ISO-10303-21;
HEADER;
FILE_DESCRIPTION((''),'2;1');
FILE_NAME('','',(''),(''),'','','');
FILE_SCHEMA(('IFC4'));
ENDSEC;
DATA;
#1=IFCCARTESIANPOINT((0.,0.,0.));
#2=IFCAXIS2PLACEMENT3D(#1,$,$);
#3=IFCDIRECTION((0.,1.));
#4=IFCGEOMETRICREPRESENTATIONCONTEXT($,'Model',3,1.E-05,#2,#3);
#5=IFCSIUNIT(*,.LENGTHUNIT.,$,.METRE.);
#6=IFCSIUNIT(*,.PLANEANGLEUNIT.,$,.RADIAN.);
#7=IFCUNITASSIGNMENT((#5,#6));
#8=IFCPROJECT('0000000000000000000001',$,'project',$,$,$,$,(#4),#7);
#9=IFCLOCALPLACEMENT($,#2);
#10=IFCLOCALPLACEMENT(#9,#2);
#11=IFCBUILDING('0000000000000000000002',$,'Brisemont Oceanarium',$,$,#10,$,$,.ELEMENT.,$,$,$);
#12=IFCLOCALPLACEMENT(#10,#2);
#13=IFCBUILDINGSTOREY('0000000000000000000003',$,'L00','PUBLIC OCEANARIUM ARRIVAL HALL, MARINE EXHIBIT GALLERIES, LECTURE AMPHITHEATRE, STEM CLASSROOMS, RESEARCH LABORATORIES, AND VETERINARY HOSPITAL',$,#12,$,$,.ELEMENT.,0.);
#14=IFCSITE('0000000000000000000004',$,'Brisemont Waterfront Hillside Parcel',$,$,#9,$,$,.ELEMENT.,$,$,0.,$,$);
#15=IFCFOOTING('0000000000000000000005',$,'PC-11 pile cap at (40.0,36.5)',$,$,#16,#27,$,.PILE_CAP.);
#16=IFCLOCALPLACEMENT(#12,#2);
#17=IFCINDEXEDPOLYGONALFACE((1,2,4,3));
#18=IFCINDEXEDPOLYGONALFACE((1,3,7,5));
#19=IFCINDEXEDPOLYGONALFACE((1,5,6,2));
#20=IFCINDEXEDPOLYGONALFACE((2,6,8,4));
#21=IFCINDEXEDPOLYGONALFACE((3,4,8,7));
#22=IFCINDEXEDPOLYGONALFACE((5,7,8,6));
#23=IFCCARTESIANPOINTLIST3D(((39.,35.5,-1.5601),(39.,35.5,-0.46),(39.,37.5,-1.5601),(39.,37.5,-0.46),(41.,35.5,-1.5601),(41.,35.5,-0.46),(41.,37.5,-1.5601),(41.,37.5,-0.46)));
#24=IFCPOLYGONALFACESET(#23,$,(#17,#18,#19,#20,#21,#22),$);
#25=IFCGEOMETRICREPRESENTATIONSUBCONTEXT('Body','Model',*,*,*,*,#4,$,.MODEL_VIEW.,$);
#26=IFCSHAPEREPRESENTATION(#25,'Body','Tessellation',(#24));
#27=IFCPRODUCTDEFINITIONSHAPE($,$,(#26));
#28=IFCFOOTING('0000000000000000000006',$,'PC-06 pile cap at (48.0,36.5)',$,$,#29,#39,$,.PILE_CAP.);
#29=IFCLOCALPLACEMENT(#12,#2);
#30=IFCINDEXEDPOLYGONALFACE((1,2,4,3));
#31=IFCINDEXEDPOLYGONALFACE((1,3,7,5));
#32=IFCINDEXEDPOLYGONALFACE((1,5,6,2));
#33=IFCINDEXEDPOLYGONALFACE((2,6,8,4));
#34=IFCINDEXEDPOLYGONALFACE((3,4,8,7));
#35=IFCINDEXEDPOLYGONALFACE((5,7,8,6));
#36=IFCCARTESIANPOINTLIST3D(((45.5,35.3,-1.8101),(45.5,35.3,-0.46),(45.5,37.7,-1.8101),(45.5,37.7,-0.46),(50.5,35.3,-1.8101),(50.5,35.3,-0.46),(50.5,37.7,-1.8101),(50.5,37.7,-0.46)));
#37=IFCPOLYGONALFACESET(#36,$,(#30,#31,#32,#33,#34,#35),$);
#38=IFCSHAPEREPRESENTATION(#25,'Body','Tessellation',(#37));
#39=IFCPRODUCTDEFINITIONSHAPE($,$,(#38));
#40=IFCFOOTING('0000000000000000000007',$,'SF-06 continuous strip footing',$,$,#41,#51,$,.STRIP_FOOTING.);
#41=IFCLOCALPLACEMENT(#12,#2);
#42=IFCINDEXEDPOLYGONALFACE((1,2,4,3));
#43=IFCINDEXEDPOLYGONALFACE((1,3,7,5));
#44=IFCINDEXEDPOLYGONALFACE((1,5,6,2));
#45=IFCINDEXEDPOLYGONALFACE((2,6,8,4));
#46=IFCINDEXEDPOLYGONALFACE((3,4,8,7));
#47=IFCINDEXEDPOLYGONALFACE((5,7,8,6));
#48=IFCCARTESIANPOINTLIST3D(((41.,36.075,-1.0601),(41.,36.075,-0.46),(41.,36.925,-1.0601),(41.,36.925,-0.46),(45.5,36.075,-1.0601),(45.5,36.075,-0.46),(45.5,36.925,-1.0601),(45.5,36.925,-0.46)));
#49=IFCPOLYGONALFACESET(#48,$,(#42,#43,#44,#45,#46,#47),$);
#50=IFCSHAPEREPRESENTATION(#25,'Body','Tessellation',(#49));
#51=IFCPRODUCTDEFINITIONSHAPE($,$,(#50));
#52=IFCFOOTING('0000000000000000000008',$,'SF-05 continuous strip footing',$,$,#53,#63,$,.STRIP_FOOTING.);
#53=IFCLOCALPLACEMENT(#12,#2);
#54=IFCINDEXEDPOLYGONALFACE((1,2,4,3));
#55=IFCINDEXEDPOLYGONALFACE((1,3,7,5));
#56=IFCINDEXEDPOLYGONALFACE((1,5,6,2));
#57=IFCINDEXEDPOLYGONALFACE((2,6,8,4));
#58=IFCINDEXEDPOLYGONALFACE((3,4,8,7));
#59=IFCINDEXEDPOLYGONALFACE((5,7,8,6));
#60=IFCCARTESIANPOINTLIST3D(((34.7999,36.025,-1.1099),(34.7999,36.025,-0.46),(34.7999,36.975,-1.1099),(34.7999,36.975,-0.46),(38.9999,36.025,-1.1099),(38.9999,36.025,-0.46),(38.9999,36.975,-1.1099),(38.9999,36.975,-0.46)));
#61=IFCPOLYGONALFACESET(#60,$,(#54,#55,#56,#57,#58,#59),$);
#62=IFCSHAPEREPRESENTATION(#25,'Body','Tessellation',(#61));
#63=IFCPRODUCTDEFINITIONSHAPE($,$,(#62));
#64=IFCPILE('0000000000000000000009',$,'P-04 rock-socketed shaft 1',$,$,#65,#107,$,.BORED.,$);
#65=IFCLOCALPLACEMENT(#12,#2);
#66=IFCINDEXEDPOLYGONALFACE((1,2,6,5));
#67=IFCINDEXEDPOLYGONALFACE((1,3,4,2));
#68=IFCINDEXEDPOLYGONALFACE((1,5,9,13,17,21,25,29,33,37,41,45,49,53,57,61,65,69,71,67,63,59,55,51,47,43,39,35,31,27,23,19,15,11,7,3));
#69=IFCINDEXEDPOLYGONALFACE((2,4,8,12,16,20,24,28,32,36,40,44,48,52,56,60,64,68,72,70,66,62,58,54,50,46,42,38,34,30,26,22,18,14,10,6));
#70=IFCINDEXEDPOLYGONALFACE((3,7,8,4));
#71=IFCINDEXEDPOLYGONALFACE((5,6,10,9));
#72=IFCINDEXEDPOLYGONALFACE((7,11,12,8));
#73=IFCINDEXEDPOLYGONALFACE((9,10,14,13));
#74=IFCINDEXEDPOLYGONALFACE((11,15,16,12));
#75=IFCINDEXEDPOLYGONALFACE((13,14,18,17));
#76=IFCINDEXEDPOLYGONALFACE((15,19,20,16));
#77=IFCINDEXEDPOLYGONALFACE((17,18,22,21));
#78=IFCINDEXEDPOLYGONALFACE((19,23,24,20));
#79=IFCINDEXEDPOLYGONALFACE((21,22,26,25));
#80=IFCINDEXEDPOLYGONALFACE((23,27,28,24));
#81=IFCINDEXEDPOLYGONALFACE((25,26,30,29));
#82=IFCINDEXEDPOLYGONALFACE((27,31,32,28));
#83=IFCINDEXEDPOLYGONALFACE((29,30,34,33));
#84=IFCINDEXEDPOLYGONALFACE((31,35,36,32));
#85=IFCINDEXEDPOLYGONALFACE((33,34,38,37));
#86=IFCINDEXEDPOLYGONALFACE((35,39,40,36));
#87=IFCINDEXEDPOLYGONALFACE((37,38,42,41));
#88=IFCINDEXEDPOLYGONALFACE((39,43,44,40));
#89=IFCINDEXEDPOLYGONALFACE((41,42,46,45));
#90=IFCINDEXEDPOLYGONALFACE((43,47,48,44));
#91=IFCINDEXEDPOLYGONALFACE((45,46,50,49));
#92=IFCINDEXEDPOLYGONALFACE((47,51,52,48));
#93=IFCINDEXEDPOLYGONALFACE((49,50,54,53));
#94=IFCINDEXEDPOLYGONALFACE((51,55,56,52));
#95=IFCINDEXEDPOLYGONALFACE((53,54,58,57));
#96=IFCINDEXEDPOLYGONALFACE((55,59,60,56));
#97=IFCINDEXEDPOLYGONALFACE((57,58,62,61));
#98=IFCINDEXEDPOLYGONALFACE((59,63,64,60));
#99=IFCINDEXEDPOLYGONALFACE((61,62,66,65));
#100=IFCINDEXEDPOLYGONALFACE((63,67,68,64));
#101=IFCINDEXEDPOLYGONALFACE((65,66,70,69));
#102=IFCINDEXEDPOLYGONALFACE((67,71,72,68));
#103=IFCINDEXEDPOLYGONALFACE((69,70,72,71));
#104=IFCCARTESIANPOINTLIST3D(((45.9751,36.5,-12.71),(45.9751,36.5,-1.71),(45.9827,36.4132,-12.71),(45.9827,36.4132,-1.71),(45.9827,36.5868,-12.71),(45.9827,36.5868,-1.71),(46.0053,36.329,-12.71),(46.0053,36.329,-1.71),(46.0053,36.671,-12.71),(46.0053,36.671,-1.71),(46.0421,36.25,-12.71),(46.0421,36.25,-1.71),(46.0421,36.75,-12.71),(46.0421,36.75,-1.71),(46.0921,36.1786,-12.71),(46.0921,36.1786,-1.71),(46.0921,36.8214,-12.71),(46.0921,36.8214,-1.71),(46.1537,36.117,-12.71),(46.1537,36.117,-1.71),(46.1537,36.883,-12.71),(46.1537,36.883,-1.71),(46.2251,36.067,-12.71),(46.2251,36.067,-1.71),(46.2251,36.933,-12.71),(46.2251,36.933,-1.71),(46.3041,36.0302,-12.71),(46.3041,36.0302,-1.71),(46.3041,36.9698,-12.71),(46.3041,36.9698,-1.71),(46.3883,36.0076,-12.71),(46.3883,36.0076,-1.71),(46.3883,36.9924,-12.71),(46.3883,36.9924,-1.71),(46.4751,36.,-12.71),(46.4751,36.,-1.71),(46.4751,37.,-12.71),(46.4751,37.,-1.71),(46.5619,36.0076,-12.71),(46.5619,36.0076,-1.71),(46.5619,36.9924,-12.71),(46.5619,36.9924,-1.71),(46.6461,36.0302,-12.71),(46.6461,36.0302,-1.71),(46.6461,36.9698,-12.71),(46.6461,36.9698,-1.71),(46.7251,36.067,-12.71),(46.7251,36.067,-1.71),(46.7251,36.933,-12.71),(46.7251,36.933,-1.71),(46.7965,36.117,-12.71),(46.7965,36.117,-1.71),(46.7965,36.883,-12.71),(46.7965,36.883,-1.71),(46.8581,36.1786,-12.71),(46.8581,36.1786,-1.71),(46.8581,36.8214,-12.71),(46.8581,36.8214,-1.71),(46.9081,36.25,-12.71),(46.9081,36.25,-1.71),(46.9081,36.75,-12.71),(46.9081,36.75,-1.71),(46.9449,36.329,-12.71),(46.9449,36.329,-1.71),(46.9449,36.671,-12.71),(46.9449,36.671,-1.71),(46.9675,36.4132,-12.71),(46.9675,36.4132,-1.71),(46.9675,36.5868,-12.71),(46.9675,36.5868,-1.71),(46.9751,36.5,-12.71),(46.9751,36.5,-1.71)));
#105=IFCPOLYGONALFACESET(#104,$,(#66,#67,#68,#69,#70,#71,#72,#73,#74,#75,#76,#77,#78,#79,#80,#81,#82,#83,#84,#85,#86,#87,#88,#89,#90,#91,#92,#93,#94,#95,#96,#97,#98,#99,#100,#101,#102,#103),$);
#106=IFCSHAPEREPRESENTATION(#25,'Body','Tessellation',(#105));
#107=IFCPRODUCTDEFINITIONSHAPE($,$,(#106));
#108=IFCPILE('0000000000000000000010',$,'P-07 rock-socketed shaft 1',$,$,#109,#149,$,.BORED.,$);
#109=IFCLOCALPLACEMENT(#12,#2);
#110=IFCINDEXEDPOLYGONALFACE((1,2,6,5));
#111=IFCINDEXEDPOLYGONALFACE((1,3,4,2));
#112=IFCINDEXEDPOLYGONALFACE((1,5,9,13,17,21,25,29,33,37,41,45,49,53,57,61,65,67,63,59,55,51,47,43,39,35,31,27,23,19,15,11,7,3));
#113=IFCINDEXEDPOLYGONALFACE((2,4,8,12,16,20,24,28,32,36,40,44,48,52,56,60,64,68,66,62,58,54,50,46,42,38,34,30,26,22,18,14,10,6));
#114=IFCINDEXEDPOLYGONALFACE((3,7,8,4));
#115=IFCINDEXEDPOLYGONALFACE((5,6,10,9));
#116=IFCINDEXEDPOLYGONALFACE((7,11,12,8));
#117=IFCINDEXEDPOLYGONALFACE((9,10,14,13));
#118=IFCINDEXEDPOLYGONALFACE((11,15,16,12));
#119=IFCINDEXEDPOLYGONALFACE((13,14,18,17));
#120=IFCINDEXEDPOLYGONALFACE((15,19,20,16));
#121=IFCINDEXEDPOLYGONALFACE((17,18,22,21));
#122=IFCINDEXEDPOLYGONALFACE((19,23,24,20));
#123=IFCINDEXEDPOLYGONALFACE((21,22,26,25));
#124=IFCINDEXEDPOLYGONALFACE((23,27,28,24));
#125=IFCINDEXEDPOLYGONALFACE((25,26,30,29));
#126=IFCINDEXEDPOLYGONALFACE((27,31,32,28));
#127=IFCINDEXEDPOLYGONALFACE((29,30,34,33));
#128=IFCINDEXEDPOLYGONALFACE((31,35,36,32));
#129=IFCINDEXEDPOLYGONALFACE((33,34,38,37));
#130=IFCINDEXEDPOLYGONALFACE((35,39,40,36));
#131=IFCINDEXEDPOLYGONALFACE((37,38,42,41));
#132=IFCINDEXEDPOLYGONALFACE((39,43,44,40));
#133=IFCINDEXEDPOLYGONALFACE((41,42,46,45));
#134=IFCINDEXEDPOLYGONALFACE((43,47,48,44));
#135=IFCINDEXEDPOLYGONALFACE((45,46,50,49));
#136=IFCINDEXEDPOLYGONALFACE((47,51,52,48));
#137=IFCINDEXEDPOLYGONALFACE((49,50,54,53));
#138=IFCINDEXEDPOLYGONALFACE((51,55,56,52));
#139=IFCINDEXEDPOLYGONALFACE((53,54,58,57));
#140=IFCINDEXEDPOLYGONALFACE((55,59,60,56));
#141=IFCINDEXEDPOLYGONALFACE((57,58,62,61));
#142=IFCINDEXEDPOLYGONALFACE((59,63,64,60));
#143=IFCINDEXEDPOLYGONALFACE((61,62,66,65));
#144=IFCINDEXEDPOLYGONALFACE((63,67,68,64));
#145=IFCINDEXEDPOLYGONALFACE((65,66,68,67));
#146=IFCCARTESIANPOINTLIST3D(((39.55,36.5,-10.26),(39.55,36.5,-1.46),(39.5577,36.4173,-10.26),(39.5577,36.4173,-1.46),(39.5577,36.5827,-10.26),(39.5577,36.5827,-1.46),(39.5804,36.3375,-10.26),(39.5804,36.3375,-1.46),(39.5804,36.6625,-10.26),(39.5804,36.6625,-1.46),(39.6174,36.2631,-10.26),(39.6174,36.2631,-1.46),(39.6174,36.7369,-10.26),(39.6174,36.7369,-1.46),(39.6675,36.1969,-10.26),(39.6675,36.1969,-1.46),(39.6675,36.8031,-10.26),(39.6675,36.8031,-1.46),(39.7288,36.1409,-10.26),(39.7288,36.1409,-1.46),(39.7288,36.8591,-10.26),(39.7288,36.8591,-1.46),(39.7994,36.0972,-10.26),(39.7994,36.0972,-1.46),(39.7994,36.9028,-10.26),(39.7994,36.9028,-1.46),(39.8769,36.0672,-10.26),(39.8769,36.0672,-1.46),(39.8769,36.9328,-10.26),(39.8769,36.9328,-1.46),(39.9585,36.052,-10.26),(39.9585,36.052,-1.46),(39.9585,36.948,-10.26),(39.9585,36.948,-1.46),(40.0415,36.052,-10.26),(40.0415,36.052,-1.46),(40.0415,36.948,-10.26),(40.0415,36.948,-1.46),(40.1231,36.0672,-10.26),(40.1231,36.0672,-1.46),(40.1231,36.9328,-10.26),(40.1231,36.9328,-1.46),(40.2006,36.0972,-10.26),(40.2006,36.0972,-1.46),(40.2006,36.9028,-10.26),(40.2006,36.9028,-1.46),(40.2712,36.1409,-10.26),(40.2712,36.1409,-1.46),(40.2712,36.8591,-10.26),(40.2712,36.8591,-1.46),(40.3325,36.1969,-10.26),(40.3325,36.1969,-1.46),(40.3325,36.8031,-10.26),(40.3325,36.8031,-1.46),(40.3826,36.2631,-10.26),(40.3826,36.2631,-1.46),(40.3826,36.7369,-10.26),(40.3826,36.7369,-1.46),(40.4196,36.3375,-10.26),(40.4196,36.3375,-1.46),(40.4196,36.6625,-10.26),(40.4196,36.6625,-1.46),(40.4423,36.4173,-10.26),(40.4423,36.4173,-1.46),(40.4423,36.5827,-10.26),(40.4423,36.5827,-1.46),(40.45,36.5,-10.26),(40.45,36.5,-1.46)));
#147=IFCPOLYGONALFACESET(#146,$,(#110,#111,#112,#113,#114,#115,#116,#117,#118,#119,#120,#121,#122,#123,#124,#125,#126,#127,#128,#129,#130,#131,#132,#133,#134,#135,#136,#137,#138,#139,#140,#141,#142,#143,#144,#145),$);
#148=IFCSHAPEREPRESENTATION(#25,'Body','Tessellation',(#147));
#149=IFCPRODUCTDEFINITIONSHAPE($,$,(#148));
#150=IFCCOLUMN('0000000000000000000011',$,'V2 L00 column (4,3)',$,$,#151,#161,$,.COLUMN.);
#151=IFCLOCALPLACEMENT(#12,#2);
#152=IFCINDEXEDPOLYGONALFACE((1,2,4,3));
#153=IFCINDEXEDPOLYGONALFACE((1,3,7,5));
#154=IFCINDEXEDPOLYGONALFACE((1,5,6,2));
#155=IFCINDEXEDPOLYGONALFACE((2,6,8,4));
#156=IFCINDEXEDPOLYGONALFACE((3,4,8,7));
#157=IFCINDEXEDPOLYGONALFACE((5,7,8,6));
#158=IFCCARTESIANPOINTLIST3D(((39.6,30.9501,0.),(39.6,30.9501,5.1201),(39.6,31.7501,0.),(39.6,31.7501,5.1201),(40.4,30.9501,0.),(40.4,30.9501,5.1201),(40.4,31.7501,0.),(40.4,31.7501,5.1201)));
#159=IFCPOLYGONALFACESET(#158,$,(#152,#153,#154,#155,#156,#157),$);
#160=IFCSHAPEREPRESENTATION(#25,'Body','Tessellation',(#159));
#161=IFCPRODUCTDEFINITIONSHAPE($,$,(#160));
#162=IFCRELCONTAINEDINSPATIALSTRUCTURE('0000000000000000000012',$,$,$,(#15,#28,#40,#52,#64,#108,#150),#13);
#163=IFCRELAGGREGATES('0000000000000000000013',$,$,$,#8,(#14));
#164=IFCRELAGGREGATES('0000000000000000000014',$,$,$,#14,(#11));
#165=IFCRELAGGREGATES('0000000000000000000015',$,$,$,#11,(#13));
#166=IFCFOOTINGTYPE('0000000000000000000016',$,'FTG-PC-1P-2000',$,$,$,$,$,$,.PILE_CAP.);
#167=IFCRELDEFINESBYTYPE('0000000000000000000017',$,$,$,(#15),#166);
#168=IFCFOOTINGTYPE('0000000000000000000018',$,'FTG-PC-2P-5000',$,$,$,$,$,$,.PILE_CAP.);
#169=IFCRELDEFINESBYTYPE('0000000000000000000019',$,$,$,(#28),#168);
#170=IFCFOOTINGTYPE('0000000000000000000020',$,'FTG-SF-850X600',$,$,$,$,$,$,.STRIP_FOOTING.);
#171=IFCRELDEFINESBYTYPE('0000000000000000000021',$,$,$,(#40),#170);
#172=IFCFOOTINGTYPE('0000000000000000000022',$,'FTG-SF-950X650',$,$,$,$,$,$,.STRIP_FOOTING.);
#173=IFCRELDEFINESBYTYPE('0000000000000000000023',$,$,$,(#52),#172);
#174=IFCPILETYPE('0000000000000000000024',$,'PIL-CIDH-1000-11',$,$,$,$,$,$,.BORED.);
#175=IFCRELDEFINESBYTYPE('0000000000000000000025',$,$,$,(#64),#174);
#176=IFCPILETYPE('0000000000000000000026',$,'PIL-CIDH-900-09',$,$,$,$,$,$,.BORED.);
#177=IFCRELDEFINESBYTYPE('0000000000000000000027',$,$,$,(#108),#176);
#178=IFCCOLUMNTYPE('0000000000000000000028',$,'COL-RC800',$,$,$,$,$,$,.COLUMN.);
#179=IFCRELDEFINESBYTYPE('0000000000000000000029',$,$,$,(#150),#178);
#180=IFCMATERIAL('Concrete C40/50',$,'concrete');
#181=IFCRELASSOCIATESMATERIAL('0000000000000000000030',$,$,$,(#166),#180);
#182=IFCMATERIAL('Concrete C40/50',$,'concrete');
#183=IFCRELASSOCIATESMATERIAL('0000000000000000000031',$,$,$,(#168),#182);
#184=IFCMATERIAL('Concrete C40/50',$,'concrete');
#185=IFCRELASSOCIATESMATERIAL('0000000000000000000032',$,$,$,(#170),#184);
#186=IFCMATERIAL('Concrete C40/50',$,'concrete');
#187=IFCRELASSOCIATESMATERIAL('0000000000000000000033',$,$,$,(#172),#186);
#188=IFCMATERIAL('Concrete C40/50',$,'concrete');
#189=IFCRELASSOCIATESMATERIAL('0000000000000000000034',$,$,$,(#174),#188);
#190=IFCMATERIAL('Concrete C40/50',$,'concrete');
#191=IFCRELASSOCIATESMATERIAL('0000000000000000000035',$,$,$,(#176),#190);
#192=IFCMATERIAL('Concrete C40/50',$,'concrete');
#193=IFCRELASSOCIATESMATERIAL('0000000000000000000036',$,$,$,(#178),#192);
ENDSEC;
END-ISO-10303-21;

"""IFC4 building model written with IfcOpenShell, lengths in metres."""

from ifc_helpers import new_model, si_unit, direction, frame, origin, origin_2d, place, context, subcontext, project, spatial, rectangle, circle, extrude, material, material_profile, profile_set, type_object, element, save


model = new_model("IFC4")

# Units and contexts
model_context = context("Model", 3, precision=1e-05, world=origin(), true_north=direction((0.0, 1.0)))
body_context = subcontext(model_context, "Body", "Model", "MODEL_VIEW")
ifc_project = project(units=[si_unit("LENGTHUNIT", "METRE"), si_unit("PLANEANGLEUNIT", "RADIAN")], contexts=[model_context])

# Site, building, storey
site_placement = place(None, origin())
site = spatial("IfcSite", under=ifc_project, at=site_placement, Name="Brisemont Waterfront Hillside Parcel", CompositionType="ELEMENT", RefElevation=0.0)
building_placement = place(site_placement, origin())
building = spatial("IfcBuilding", under=site, at=building_placement, Name="Brisemont Oceanarium", CompositionType="ELEMENT")
storey_placement = place(building_placement, origin())
storey = spatial("IfcBuildingStorey", under=building, at=storey_placement, Name="L00", Description="PUBLIC OCEANARIUM ARRIVAL HALL, MARINE EXHIBIT GALLERIES, LECTURE AMPHITHEATRE, STEM CLASSROOMS, RESEARCH LABORATORIES, AND VETERINARY HOSPITAL", CompositionType="ELEMENT", Elevation=0.0)

# Footings
ifc_material_1 = material(Name="Concrete C40/50", Category="concrete")
footing_type_1 = type_object("IfcFootingType", Name="FTG-PC-1P-2000", PredefinedType="PILE_CAP", material=ifc_material_1)
footing_1_placement = place(storey_placement, frame((40.0, 36.5, -1.5601), z_axis=(0.0, 0.0, 1.0), x_axis=(1.0, 0.0, 0.0)))
element("IfcFooting", 1, at=footing_1_placement, inside=storey, type_object=footing_type_1, Name="PC-11 pile cap at (40.0,36.5)", PredefinedType="PILE_CAP", context=body_context, shape_type="SweptSolid", body=[
    extrude(rectangle(XDim=2.0, YDim=2.0, at=origin_2d()), origin(), (0.0, 0.0, 1.0), 1.1001),
])
ifc_material_2 = material(Name="Concrete C40/50", Category="concrete")
footing_type_2 = type_object("IfcFootingType", Name="FTG-PC-2P-5000", PredefinedType="PILE_CAP", material=ifc_material_2)
footing_2_placement = place(storey_placement, frame((48.0, 36.5, -1.8101), z_axis=(0.0, 0.0, 1.0), x_axis=(1.0, 0.0, 0.0)))
element("IfcFooting", 2, at=footing_2_placement, inside=storey, type_object=footing_type_2, Name="PC-06 pile cap at (48.0,36.5)", PredefinedType="PILE_CAP", context=body_context, shape_type="SweptSolid", body=[
    extrude(rectangle(XDim=5.0, YDim=2.3999, at=origin_2d()), origin(), (0.0, 0.0, 1.0), 1.3501),
])
ifc_material_3 = material(Name="Concrete C40/50", Category="concrete")
footing_type_3 = type_object("IfcFootingType", Name="FTG-SF-850X600", PredefinedType="STRIP_FOOTING", material=ifc_material_3)
footing_3_placement = place(storey_placement, frame((43.25, 36.5, -1.0601), z_axis=(0.0, 0.0, 1.0), x_axis=(1.0, 0.0, 0.0)))
element("IfcFooting", 3, at=footing_3_placement, inside=storey, type_object=footing_type_3, Name="SF-06 continuous strip footing", PredefinedType="STRIP_FOOTING", context=body_context, shape_type="SweptSolid", body=[
    extrude(rectangle(XDim=4.5, YDim=0.8501, at=origin_2d()), origin(), (0.0, 0.0, 1.0), 0.6001),
])
ifc_material_4 = material(Name="Concrete C40/50", Category="concrete")
footing_type_4 = type_object("IfcFootingType", Name="FTG-SF-950X650", PredefinedType="STRIP_FOOTING", material=ifc_material_4)
footing_4_placement = place(storey_placement, frame((36.8999, 36.5, -1.1099), z_axis=(0.0, 0.0, 1.0), x_axis=(1.0, 0.0, 0.0)))
element("IfcFooting", 4, at=footing_4_placement, inside=storey, type_object=footing_type_4, Name="SF-05 continuous strip footing", PredefinedType="STRIP_FOOTING", context=body_context, shape_type="SweptSolid", body=[
    extrude(rectangle(XDim=4.2, YDim=0.95, at=origin_2d()), origin(), (0.0, 0.0, 1.0), 0.6499),
])

# Piles
ifc_material_5 = material(Name="Concrete C40/50", Category="concrete")
ifc_material_profile_1 = material_profile(ifc_material_5, circle(Radius=0.5, at=origin_2d()), Name="CIDH-D1000")
ifc_profile_set_1 = profile_set([ifc_material_profile_1], Name="Concrete C40/50")
pile_type_1 = type_object("IfcPileType", Name="PIL-CIDH-1000-11", PredefinedType="BORED", material=ifc_profile_set_1)
pile_1_placement = place(storey_placement, frame((46.4751, 36.5, -1.71), z_axis=(0.0, 0.0, -1.0), x_axis=(1.0, 0.0, 0.0)))
element("IfcPile", 5, at=pile_1_placement, inside=storey, type_object=pile_type_1, Name="P-04 rock-socketed shaft 1", PredefinedType="BORED", context=body_context, shape_type="SweptSolid", body=[
    extrude(circle(Radius=0.5, at=origin_2d()), origin(), (0.0, 0.0, 1.0), 11.0),
])
ifc_material_6 = material(Name="Concrete C40/50", Category="concrete")
ifc_material_profile_2 = material_profile(ifc_material_6, circle(Radius=0.45, at=origin_2d()), Name="CIDH-D900")
ifc_profile_set_2 = profile_set([ifc_material_profile_2], Name="Concrete C40/50")
pile_type_2 = type_object("IfcPileType", Name="PIL-CIDH-900-09", PredefinedType="BORED", material=ifc_profile_set_2)
pile_2_placement = place(storey_placement, frame((40.0, 36.5, -1.46), z_axis=(0.0, 0.0, -1.0), x_axis=(1.0, 0.0, 0.0)))
element("IfcPile", 6, at=pile_2_placement, inside=storey, type_object=pile_type_2, Name="P-07 rock-socketed shaft 1", PredefinedType="BORED", context=body_context, shape_type="SweptSolid", body=[
    extrude(circle(Radius=0.45, at=origin_2d()), origin(), (0.0, 0.0, 1.0), 8.8),
])

# Column
ifc_material_7 = material(Name="Concrete C40/50", Category="concrete")
ifc_material_profile_3 = material_profile(ifc_material_7, rectangle(XDim=0.8, YDim=0.8, at=origin_2d()), Name="RC-COL-800X800")
ifc_profile_set_3 = profile_set([ifc_material_profile_3], Name="Concrete C40/50")
column_type_1 = type_object("IfcColumnType", Name="COL-RC800", PredefinedType="COLUMN", material=ifc_profile_set_3)
column_1_placement = place(storey_placement, frame((40.0, 31.3501, 0.0), z_axis=(0.0, 0.0, 1.0), x_axis=(0.0, 1.0, 0.0)))
element("IfcColumn", 7, at=column_1_placement, inside=storey, type_object=column_type_1, Name="V2 L00 column (4,3)", PredefinedType="COLUMN", context=body_context, shape_type="SweptSolid", body=[
    extrude(rectangle(XDim=0.8, YDim=0.8, at=origin_2d()), origin(), (0.0, 0.0, 1.0), 5.1201),
])

save(model, "model.ifc")
